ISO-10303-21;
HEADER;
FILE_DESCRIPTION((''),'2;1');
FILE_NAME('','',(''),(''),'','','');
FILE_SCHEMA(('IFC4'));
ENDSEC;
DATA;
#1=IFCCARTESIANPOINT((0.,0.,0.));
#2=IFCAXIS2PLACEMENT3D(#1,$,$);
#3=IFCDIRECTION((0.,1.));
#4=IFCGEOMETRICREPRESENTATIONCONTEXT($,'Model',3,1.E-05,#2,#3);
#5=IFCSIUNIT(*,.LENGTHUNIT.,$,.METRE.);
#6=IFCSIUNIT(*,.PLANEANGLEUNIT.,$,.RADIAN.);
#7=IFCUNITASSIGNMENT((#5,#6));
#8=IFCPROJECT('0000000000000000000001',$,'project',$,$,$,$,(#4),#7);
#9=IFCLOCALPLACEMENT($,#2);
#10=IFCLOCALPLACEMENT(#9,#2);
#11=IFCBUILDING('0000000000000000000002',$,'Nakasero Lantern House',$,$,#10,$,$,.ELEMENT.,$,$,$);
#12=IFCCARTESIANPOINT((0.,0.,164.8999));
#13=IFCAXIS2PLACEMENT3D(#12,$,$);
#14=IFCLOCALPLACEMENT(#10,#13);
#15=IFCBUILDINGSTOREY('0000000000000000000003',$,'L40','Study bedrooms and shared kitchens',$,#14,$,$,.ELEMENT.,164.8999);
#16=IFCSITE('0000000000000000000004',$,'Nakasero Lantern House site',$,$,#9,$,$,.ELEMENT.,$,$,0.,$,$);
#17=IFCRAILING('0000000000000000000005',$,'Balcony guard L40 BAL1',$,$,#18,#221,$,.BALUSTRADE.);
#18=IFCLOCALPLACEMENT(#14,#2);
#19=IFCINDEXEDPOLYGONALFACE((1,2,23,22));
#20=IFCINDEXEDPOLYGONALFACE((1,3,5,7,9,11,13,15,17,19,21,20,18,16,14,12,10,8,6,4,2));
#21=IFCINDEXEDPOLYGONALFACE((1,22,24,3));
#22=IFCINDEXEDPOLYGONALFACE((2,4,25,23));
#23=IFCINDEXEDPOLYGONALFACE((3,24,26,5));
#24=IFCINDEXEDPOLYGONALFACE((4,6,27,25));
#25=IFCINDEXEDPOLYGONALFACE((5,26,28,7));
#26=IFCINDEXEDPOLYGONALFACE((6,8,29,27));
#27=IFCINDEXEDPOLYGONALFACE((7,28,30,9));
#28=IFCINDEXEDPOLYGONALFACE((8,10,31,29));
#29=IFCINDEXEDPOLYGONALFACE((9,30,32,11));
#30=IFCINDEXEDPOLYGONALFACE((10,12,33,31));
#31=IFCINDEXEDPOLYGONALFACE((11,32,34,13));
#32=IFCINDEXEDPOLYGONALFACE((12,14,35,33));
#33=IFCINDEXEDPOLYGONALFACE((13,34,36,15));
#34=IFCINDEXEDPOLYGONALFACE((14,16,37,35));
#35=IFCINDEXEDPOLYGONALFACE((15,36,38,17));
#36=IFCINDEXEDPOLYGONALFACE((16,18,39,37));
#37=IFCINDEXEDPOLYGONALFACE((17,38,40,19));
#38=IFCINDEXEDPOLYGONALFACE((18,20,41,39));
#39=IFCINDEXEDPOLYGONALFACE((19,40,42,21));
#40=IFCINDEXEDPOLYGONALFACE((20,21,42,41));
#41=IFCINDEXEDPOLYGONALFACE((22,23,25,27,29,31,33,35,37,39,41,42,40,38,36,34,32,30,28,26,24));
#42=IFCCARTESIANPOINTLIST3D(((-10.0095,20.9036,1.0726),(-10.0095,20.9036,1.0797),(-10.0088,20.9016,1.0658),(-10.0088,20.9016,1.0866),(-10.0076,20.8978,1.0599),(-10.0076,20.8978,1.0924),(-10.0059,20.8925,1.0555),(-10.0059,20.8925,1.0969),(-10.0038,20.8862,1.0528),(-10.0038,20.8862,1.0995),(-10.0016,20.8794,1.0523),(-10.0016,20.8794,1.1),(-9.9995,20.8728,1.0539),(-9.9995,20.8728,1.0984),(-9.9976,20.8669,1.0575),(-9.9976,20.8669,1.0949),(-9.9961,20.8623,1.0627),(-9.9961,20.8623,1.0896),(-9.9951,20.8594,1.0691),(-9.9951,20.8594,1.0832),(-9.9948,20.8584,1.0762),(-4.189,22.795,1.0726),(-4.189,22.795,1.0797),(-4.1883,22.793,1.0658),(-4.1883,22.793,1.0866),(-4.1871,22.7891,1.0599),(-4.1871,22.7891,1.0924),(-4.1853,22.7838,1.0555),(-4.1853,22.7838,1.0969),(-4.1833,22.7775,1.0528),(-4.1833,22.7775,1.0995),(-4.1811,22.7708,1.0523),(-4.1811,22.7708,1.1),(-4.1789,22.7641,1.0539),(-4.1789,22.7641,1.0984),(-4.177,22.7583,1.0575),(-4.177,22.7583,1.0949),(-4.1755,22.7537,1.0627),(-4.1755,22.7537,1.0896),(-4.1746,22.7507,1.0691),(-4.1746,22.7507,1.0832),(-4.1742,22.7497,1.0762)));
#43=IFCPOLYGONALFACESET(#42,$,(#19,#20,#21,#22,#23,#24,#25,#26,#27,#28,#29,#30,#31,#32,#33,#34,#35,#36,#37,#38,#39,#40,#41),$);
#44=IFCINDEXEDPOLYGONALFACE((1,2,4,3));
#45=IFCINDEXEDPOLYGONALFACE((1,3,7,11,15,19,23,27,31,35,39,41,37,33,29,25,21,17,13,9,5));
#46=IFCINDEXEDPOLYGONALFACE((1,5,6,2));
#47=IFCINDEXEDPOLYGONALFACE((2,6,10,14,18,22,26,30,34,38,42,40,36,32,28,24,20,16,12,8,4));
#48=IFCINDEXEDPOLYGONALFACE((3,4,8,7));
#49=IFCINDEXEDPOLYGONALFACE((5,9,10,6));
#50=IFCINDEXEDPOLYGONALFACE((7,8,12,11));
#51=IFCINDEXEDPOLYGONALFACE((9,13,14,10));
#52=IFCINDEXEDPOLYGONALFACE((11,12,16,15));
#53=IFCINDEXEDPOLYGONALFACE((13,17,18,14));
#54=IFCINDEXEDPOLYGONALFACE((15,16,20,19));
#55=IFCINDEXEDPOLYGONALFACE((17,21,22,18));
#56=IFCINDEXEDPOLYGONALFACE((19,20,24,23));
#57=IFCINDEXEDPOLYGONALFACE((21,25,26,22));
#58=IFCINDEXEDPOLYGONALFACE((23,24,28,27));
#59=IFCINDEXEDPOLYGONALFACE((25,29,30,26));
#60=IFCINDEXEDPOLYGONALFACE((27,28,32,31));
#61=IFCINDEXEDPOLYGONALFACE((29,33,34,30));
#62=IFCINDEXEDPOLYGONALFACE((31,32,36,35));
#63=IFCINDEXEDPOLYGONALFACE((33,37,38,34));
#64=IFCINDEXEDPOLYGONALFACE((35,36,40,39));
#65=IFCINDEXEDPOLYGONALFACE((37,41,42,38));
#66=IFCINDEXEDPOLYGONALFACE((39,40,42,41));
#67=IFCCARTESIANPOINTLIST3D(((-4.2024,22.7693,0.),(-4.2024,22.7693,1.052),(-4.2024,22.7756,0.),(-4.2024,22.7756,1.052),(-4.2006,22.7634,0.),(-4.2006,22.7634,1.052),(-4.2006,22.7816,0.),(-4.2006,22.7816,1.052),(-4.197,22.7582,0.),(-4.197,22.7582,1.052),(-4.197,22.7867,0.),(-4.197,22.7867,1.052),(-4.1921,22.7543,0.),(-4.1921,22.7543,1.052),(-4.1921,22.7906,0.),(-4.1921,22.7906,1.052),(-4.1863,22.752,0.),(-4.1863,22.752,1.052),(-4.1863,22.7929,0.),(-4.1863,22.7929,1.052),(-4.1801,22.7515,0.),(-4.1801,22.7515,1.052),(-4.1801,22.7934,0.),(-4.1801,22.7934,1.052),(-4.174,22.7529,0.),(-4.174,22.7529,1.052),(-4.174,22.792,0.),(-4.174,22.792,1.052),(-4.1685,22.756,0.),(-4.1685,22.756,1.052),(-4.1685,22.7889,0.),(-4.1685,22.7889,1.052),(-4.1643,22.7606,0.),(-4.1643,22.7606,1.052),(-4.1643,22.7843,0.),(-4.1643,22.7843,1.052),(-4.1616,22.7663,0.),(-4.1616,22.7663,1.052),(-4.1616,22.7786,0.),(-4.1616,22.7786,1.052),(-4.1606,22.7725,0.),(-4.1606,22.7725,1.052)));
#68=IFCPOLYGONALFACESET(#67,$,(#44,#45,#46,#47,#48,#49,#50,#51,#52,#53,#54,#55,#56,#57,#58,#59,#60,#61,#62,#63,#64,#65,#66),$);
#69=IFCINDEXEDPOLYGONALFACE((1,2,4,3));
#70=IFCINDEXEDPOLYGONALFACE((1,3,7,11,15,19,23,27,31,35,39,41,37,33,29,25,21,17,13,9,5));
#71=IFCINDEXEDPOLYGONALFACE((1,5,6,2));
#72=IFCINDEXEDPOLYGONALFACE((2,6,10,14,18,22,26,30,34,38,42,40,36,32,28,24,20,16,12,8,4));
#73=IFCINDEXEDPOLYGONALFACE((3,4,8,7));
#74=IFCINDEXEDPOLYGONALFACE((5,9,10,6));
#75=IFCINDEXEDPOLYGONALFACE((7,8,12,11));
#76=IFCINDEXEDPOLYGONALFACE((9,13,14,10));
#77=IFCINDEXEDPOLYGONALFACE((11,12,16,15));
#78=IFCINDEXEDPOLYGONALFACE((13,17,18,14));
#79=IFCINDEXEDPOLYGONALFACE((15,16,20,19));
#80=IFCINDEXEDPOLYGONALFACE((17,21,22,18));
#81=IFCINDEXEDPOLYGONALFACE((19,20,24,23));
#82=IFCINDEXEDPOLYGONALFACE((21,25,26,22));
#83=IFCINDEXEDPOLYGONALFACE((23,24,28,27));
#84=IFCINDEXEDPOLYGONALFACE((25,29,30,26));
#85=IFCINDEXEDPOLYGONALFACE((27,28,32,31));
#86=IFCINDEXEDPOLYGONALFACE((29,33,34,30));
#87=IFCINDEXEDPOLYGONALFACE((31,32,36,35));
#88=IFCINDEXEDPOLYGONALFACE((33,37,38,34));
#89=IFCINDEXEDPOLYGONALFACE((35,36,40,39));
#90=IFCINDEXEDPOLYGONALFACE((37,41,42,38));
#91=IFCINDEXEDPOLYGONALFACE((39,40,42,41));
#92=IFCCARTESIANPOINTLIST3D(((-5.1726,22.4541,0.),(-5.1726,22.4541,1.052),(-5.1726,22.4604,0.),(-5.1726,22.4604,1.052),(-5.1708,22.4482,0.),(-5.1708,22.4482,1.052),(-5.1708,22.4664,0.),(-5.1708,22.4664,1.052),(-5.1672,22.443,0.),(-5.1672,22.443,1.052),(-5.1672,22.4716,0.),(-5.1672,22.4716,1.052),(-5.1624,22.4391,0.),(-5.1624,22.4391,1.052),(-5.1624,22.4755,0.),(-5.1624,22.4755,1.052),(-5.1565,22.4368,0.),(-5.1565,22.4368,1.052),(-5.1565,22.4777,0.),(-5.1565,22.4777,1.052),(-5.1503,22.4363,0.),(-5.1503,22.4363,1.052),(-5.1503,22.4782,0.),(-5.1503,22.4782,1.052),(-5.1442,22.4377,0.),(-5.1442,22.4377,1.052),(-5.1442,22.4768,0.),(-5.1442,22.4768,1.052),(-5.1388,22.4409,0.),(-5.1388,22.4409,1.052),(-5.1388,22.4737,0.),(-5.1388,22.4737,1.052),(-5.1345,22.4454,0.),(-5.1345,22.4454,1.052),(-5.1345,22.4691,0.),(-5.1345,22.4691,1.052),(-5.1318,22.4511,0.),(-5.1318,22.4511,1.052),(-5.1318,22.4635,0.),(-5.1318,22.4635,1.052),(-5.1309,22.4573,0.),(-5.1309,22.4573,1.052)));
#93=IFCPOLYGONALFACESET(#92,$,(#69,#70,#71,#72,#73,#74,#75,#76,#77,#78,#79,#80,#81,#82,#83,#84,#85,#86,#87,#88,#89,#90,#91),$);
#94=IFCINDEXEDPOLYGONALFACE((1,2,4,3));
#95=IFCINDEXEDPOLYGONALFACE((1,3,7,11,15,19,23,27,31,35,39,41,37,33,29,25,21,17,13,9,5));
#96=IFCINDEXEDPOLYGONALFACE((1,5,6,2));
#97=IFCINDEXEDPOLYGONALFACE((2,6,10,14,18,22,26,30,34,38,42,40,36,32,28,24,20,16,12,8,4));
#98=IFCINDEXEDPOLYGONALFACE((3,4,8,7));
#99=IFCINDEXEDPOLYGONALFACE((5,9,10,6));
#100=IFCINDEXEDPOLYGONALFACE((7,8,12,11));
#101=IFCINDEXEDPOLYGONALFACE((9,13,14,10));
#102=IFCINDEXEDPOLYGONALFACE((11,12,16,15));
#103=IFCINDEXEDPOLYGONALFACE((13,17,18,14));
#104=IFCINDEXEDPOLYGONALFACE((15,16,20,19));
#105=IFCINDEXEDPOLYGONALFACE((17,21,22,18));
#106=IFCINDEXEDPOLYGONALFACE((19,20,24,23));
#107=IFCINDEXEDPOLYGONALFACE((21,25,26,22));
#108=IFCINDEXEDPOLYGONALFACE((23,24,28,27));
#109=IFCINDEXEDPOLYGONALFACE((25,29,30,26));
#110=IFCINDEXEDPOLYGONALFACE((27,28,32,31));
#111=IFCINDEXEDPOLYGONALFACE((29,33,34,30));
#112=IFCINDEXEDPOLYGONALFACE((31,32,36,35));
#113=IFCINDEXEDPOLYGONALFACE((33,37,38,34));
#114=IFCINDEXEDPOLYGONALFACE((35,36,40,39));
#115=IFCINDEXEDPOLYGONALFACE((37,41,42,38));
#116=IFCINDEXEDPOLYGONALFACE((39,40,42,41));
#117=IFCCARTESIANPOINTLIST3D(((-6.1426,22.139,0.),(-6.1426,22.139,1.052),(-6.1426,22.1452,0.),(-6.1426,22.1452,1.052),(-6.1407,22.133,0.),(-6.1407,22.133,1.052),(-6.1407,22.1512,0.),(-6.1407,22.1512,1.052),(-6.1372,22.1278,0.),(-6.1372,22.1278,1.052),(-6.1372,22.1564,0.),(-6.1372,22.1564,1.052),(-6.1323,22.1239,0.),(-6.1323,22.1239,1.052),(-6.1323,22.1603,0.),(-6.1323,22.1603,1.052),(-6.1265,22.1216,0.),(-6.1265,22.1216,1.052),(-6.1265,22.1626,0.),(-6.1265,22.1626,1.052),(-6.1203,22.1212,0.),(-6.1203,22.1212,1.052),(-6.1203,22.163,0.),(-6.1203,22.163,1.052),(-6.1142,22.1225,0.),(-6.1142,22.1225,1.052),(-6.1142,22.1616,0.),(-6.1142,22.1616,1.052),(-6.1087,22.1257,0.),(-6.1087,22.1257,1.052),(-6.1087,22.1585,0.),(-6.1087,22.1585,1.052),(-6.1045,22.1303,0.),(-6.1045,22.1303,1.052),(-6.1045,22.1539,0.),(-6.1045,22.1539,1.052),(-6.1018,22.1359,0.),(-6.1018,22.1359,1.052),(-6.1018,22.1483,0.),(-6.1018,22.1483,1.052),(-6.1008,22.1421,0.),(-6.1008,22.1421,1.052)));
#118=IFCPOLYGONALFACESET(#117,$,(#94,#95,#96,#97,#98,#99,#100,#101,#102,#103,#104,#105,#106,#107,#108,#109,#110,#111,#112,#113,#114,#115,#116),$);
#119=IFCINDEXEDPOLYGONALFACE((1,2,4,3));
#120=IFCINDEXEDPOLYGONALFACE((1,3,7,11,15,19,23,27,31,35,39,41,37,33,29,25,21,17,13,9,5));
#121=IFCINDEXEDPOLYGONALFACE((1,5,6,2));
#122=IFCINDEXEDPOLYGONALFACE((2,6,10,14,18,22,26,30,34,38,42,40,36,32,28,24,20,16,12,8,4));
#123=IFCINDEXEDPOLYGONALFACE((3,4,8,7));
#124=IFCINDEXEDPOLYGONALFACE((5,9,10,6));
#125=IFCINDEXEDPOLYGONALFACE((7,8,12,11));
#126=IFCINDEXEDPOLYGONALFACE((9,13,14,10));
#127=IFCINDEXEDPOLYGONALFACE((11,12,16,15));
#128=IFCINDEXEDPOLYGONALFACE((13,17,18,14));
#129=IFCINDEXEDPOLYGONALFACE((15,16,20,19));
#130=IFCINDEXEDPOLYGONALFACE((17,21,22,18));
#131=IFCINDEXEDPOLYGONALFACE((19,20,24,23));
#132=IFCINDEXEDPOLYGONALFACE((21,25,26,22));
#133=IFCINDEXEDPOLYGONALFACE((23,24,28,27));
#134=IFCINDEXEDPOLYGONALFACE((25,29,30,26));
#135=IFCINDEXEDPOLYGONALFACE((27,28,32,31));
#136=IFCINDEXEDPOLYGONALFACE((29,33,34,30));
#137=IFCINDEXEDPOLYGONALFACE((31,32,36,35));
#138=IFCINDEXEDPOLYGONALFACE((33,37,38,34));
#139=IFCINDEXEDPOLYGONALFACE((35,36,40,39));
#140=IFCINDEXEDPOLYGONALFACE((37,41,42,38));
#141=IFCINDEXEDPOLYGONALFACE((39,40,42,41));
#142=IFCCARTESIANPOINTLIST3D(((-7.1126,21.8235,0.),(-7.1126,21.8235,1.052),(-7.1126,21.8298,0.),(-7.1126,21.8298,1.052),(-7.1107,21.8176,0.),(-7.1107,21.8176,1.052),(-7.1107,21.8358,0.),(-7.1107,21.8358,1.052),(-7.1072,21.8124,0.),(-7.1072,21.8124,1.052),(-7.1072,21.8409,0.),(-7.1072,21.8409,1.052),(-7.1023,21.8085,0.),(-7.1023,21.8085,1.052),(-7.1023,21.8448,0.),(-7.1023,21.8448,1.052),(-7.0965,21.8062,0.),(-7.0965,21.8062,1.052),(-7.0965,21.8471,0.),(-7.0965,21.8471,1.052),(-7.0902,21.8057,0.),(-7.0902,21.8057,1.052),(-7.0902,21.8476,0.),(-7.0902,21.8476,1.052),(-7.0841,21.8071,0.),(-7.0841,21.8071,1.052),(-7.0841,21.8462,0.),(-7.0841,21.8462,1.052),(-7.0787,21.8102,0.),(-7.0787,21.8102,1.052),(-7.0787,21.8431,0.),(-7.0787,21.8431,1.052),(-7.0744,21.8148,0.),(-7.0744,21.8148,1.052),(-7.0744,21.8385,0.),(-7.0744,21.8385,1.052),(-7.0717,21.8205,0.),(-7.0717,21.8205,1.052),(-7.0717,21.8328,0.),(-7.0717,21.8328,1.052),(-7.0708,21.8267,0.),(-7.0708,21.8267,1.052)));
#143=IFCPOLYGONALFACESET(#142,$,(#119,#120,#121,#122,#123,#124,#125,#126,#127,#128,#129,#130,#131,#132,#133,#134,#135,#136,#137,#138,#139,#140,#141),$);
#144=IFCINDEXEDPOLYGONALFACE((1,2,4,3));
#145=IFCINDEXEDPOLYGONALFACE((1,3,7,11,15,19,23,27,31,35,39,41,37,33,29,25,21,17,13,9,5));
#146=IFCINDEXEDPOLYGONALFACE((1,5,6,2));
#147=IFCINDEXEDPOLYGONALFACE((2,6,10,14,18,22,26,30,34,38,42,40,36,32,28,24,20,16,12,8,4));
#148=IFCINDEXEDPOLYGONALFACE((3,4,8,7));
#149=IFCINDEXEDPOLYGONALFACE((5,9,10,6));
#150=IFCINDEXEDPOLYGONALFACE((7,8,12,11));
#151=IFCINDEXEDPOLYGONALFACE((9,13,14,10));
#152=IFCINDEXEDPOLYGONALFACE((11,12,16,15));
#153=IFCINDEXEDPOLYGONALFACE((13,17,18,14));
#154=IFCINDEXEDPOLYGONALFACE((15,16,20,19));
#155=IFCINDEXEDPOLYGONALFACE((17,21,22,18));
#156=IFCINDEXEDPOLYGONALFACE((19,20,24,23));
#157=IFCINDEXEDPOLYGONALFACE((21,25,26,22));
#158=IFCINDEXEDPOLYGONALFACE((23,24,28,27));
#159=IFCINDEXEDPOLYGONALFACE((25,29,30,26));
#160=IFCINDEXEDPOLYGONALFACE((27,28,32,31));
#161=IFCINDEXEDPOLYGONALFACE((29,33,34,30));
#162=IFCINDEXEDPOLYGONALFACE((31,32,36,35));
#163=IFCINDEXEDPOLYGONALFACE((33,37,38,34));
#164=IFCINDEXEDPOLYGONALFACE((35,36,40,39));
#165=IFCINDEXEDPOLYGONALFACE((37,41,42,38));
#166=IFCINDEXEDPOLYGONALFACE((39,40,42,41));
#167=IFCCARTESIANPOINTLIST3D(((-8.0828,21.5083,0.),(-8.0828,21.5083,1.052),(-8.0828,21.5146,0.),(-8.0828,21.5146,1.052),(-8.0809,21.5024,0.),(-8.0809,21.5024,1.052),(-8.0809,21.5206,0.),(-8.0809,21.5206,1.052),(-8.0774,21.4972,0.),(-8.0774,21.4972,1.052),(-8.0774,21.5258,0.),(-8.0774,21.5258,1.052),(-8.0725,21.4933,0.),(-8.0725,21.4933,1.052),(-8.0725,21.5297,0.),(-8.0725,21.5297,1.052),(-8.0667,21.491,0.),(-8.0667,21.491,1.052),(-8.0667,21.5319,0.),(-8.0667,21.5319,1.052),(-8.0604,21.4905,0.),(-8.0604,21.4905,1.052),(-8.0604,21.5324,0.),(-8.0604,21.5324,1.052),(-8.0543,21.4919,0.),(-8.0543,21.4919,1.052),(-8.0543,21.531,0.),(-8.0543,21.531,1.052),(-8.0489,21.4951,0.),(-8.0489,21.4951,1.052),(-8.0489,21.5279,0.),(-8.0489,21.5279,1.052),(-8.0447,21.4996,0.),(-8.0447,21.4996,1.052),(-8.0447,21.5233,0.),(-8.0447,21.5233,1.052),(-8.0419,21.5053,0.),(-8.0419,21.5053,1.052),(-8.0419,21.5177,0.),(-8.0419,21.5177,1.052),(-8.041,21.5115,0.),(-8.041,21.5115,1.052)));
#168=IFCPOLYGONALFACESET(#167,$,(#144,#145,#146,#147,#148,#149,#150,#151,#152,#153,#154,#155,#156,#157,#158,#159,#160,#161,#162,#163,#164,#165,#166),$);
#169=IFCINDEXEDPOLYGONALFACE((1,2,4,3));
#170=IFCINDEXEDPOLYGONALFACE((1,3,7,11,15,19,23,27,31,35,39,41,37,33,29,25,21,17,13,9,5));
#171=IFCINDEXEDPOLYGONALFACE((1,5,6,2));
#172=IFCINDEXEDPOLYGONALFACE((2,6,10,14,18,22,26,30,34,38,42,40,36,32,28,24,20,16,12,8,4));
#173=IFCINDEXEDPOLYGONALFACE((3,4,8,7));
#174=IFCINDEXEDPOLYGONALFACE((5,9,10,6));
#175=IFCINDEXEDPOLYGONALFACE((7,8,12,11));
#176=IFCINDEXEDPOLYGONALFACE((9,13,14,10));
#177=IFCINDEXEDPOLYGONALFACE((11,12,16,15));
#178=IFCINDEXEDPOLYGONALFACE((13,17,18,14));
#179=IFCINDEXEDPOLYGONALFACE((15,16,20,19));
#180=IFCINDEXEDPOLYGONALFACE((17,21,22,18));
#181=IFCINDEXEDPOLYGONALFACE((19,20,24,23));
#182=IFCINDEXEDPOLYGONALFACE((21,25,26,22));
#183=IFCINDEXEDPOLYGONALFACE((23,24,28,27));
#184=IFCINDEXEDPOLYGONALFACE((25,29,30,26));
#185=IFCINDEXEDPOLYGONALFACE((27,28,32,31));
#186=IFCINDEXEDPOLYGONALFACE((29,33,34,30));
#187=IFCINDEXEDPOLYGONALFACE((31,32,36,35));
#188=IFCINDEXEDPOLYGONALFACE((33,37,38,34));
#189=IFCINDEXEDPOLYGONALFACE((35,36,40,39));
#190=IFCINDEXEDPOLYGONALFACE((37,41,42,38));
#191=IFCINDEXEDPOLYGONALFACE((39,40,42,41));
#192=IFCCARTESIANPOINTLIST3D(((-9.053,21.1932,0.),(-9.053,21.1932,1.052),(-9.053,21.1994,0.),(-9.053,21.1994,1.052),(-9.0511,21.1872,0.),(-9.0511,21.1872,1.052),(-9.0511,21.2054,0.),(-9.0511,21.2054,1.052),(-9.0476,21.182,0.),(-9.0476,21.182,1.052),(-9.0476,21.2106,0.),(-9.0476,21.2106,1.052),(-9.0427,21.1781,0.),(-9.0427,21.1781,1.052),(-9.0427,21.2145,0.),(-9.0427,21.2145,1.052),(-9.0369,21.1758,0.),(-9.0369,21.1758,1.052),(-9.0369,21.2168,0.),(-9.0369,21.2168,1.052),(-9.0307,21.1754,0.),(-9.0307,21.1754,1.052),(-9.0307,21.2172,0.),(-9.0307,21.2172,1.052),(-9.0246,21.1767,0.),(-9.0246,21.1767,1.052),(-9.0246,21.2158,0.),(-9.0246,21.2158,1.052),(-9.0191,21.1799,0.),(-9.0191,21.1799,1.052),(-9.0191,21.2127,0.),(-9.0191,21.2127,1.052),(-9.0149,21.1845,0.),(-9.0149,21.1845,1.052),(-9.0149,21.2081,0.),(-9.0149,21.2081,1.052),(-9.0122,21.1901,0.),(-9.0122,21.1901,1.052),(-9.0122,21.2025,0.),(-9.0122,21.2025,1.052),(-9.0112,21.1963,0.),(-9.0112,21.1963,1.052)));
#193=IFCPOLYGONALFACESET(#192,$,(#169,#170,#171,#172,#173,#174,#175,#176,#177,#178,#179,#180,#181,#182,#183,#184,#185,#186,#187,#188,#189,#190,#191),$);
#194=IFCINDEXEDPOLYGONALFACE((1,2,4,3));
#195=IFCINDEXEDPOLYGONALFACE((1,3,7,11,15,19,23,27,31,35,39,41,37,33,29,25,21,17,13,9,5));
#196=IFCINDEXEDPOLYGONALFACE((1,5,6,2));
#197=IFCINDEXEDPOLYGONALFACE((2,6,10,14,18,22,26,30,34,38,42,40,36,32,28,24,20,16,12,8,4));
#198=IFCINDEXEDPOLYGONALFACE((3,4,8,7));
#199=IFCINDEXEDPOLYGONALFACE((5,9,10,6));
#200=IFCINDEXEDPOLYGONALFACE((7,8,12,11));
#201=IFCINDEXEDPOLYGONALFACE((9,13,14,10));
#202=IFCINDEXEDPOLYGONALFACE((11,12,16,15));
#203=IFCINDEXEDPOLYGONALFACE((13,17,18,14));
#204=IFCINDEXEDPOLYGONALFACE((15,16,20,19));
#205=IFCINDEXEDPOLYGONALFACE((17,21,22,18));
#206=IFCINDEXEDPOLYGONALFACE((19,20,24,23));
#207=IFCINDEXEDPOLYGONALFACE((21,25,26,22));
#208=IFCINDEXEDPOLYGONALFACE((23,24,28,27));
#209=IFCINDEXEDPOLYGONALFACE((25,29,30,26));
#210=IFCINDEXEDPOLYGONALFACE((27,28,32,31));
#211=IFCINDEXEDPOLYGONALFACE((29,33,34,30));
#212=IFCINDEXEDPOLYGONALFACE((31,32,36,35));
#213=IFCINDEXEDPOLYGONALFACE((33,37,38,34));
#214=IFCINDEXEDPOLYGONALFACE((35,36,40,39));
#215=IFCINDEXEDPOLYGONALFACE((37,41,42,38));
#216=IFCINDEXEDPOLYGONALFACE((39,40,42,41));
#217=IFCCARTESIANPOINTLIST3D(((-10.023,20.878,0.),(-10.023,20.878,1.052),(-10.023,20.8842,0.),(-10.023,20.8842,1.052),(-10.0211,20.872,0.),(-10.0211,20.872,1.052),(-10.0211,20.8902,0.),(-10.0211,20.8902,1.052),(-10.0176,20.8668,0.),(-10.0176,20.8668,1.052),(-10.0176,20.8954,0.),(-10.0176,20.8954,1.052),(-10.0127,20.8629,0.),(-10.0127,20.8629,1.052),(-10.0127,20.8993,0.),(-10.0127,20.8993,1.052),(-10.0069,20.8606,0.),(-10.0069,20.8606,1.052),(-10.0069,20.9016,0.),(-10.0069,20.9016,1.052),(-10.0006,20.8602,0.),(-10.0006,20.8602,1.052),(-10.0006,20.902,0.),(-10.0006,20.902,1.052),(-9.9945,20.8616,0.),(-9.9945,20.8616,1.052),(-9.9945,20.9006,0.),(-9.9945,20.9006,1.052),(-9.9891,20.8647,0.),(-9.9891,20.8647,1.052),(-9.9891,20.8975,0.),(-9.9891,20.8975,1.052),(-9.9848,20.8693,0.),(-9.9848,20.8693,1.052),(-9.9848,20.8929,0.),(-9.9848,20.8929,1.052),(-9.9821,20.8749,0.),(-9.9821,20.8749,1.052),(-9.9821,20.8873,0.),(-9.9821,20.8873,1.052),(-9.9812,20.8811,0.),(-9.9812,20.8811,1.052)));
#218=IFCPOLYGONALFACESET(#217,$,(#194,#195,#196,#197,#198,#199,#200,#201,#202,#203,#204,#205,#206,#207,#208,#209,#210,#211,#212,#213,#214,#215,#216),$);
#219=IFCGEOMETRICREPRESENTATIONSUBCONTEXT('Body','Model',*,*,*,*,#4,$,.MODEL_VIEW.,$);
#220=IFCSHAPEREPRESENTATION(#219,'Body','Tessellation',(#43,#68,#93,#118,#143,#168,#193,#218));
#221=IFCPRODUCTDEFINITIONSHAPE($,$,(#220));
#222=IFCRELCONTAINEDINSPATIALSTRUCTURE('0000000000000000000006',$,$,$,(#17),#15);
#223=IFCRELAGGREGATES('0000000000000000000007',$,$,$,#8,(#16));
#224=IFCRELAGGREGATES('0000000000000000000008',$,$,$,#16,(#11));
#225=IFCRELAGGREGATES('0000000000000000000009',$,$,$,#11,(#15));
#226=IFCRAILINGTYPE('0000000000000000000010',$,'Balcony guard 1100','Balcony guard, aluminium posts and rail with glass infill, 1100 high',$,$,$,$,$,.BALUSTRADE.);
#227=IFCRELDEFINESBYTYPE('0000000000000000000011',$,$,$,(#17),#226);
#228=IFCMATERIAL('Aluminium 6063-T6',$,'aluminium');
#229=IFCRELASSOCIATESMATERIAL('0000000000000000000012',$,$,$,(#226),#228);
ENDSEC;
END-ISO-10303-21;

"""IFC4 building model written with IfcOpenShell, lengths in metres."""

from ifc_helpers import new_model, si_unit, direction, frame, origin, origin_2d, place, context, subcontext, project, spatial, circle, extrude, material, type_object, element, save


model = new_model("IFC4")

# Units and contexts
model_context = context("Model", 3, precision=1e-05, world=origin(), true_north=direction((0.0, 1.0)))
body_context = subcontext(model_context, "Body", "Model", "MODEL_VIEW")
ifc_project = project(units=[si_unit("LENGTHUNIT", "METRE"), si_unit("PLANEANGLEUNIT", "RADIAN")], contexts=[model_context])

# Site, building, storey
site_placement = place(None, origin())
site = spatial("IfcSite", under=ifc_project, at=site_placement, Name="Nakasero Lantern House site", CompositionType="ELEMENT", RefElevation=0.0)
building_placement = place(site_placement, origin())
building = spatial("IfcBuilding", under=site, at=building_placement, Name="Nakasero Lantern House", CompositionType="ELEMENT")
storey_placement = place(building_placement, frame((0.0, 0.0, 164.8999)))
storey = spatial("IfcBuildingStorey", under=building, at=storey_placement, Name="L40", Description="Study bedrooms and shared kitchens", CompositionType="ELEMENT", Elevation=164.8999)

# Railing
ifc_material_1 = material(Name="Aluminium 6063-T6", Category="aluminium")
railing_type = type_object("IfcRailingType", Name="Balcony guard 1100", Description="Balcony guard, aluminium posts and rail with glass infill, 1100 high", PredefinedType="BALUSTRADE", material=ifc_material_1)
railing_placement = place(storey_placement, frame((-4.1816, 22.7725, 0.0)))
element("IfcRailing", 1, at=railing_placement, inside=storey, type_object=railing_type, Name="Balcony guard L40 BAL1", PredefinedType="BALUSTRADE", context=body_context, shape_type="SweptSolid", body=[
    extrude(circle(Radius=0.0239, at=origin_2d()), frame((0.0, 0.0, 1.0762), z_axis=(-0.95105, -0.309038, 0.0), x_axis=(0.309038, -0.95105, 0.0)), (0.0, 0.0, 1.0), 6.1201),
    extrude(circle(Radius=0.021, at=origin_2d()), origin(), (0.0, 0.0, 1.0), 1.052),
    extrude(circle(Radius=0.021, at=origin_2d()), frame((-0.9702, -0.3152, 0.0)), (0.0, 0.0, 1.0), 1.052),
    extrude(circle(Radius=0.021, at=origin_2d()), frame((-1.9402, -0.6304, 0.0)), (0.0, 0.0, 1.0), 1.052),
    extrude(circle(Radius=0.021, at=origin_2d()), frame((-2.9102, -0.9458, 0.0)), (0.0, 0.0, 1.0), 1.052),
    extrude(circle(Radius=0.021, at=origin_2d()), frame((-3.8804, -1.261, 0.0)), (0.0, 0.0, 1.0), 1.052),
    extrude(circle(Radius=0.021, at=origin_2d()), frame((-4.8506, -1.5762, 0.0)), (0.0, 0.0, 1.0), 1.052),
    extrude(circle(Radius=0.021, at=origin_2d()), frame((-5.8206, -1.8914, 0.0)), (0.0, 0.0, 1.0), 1.052),
])

save(model, "model.ifc")
